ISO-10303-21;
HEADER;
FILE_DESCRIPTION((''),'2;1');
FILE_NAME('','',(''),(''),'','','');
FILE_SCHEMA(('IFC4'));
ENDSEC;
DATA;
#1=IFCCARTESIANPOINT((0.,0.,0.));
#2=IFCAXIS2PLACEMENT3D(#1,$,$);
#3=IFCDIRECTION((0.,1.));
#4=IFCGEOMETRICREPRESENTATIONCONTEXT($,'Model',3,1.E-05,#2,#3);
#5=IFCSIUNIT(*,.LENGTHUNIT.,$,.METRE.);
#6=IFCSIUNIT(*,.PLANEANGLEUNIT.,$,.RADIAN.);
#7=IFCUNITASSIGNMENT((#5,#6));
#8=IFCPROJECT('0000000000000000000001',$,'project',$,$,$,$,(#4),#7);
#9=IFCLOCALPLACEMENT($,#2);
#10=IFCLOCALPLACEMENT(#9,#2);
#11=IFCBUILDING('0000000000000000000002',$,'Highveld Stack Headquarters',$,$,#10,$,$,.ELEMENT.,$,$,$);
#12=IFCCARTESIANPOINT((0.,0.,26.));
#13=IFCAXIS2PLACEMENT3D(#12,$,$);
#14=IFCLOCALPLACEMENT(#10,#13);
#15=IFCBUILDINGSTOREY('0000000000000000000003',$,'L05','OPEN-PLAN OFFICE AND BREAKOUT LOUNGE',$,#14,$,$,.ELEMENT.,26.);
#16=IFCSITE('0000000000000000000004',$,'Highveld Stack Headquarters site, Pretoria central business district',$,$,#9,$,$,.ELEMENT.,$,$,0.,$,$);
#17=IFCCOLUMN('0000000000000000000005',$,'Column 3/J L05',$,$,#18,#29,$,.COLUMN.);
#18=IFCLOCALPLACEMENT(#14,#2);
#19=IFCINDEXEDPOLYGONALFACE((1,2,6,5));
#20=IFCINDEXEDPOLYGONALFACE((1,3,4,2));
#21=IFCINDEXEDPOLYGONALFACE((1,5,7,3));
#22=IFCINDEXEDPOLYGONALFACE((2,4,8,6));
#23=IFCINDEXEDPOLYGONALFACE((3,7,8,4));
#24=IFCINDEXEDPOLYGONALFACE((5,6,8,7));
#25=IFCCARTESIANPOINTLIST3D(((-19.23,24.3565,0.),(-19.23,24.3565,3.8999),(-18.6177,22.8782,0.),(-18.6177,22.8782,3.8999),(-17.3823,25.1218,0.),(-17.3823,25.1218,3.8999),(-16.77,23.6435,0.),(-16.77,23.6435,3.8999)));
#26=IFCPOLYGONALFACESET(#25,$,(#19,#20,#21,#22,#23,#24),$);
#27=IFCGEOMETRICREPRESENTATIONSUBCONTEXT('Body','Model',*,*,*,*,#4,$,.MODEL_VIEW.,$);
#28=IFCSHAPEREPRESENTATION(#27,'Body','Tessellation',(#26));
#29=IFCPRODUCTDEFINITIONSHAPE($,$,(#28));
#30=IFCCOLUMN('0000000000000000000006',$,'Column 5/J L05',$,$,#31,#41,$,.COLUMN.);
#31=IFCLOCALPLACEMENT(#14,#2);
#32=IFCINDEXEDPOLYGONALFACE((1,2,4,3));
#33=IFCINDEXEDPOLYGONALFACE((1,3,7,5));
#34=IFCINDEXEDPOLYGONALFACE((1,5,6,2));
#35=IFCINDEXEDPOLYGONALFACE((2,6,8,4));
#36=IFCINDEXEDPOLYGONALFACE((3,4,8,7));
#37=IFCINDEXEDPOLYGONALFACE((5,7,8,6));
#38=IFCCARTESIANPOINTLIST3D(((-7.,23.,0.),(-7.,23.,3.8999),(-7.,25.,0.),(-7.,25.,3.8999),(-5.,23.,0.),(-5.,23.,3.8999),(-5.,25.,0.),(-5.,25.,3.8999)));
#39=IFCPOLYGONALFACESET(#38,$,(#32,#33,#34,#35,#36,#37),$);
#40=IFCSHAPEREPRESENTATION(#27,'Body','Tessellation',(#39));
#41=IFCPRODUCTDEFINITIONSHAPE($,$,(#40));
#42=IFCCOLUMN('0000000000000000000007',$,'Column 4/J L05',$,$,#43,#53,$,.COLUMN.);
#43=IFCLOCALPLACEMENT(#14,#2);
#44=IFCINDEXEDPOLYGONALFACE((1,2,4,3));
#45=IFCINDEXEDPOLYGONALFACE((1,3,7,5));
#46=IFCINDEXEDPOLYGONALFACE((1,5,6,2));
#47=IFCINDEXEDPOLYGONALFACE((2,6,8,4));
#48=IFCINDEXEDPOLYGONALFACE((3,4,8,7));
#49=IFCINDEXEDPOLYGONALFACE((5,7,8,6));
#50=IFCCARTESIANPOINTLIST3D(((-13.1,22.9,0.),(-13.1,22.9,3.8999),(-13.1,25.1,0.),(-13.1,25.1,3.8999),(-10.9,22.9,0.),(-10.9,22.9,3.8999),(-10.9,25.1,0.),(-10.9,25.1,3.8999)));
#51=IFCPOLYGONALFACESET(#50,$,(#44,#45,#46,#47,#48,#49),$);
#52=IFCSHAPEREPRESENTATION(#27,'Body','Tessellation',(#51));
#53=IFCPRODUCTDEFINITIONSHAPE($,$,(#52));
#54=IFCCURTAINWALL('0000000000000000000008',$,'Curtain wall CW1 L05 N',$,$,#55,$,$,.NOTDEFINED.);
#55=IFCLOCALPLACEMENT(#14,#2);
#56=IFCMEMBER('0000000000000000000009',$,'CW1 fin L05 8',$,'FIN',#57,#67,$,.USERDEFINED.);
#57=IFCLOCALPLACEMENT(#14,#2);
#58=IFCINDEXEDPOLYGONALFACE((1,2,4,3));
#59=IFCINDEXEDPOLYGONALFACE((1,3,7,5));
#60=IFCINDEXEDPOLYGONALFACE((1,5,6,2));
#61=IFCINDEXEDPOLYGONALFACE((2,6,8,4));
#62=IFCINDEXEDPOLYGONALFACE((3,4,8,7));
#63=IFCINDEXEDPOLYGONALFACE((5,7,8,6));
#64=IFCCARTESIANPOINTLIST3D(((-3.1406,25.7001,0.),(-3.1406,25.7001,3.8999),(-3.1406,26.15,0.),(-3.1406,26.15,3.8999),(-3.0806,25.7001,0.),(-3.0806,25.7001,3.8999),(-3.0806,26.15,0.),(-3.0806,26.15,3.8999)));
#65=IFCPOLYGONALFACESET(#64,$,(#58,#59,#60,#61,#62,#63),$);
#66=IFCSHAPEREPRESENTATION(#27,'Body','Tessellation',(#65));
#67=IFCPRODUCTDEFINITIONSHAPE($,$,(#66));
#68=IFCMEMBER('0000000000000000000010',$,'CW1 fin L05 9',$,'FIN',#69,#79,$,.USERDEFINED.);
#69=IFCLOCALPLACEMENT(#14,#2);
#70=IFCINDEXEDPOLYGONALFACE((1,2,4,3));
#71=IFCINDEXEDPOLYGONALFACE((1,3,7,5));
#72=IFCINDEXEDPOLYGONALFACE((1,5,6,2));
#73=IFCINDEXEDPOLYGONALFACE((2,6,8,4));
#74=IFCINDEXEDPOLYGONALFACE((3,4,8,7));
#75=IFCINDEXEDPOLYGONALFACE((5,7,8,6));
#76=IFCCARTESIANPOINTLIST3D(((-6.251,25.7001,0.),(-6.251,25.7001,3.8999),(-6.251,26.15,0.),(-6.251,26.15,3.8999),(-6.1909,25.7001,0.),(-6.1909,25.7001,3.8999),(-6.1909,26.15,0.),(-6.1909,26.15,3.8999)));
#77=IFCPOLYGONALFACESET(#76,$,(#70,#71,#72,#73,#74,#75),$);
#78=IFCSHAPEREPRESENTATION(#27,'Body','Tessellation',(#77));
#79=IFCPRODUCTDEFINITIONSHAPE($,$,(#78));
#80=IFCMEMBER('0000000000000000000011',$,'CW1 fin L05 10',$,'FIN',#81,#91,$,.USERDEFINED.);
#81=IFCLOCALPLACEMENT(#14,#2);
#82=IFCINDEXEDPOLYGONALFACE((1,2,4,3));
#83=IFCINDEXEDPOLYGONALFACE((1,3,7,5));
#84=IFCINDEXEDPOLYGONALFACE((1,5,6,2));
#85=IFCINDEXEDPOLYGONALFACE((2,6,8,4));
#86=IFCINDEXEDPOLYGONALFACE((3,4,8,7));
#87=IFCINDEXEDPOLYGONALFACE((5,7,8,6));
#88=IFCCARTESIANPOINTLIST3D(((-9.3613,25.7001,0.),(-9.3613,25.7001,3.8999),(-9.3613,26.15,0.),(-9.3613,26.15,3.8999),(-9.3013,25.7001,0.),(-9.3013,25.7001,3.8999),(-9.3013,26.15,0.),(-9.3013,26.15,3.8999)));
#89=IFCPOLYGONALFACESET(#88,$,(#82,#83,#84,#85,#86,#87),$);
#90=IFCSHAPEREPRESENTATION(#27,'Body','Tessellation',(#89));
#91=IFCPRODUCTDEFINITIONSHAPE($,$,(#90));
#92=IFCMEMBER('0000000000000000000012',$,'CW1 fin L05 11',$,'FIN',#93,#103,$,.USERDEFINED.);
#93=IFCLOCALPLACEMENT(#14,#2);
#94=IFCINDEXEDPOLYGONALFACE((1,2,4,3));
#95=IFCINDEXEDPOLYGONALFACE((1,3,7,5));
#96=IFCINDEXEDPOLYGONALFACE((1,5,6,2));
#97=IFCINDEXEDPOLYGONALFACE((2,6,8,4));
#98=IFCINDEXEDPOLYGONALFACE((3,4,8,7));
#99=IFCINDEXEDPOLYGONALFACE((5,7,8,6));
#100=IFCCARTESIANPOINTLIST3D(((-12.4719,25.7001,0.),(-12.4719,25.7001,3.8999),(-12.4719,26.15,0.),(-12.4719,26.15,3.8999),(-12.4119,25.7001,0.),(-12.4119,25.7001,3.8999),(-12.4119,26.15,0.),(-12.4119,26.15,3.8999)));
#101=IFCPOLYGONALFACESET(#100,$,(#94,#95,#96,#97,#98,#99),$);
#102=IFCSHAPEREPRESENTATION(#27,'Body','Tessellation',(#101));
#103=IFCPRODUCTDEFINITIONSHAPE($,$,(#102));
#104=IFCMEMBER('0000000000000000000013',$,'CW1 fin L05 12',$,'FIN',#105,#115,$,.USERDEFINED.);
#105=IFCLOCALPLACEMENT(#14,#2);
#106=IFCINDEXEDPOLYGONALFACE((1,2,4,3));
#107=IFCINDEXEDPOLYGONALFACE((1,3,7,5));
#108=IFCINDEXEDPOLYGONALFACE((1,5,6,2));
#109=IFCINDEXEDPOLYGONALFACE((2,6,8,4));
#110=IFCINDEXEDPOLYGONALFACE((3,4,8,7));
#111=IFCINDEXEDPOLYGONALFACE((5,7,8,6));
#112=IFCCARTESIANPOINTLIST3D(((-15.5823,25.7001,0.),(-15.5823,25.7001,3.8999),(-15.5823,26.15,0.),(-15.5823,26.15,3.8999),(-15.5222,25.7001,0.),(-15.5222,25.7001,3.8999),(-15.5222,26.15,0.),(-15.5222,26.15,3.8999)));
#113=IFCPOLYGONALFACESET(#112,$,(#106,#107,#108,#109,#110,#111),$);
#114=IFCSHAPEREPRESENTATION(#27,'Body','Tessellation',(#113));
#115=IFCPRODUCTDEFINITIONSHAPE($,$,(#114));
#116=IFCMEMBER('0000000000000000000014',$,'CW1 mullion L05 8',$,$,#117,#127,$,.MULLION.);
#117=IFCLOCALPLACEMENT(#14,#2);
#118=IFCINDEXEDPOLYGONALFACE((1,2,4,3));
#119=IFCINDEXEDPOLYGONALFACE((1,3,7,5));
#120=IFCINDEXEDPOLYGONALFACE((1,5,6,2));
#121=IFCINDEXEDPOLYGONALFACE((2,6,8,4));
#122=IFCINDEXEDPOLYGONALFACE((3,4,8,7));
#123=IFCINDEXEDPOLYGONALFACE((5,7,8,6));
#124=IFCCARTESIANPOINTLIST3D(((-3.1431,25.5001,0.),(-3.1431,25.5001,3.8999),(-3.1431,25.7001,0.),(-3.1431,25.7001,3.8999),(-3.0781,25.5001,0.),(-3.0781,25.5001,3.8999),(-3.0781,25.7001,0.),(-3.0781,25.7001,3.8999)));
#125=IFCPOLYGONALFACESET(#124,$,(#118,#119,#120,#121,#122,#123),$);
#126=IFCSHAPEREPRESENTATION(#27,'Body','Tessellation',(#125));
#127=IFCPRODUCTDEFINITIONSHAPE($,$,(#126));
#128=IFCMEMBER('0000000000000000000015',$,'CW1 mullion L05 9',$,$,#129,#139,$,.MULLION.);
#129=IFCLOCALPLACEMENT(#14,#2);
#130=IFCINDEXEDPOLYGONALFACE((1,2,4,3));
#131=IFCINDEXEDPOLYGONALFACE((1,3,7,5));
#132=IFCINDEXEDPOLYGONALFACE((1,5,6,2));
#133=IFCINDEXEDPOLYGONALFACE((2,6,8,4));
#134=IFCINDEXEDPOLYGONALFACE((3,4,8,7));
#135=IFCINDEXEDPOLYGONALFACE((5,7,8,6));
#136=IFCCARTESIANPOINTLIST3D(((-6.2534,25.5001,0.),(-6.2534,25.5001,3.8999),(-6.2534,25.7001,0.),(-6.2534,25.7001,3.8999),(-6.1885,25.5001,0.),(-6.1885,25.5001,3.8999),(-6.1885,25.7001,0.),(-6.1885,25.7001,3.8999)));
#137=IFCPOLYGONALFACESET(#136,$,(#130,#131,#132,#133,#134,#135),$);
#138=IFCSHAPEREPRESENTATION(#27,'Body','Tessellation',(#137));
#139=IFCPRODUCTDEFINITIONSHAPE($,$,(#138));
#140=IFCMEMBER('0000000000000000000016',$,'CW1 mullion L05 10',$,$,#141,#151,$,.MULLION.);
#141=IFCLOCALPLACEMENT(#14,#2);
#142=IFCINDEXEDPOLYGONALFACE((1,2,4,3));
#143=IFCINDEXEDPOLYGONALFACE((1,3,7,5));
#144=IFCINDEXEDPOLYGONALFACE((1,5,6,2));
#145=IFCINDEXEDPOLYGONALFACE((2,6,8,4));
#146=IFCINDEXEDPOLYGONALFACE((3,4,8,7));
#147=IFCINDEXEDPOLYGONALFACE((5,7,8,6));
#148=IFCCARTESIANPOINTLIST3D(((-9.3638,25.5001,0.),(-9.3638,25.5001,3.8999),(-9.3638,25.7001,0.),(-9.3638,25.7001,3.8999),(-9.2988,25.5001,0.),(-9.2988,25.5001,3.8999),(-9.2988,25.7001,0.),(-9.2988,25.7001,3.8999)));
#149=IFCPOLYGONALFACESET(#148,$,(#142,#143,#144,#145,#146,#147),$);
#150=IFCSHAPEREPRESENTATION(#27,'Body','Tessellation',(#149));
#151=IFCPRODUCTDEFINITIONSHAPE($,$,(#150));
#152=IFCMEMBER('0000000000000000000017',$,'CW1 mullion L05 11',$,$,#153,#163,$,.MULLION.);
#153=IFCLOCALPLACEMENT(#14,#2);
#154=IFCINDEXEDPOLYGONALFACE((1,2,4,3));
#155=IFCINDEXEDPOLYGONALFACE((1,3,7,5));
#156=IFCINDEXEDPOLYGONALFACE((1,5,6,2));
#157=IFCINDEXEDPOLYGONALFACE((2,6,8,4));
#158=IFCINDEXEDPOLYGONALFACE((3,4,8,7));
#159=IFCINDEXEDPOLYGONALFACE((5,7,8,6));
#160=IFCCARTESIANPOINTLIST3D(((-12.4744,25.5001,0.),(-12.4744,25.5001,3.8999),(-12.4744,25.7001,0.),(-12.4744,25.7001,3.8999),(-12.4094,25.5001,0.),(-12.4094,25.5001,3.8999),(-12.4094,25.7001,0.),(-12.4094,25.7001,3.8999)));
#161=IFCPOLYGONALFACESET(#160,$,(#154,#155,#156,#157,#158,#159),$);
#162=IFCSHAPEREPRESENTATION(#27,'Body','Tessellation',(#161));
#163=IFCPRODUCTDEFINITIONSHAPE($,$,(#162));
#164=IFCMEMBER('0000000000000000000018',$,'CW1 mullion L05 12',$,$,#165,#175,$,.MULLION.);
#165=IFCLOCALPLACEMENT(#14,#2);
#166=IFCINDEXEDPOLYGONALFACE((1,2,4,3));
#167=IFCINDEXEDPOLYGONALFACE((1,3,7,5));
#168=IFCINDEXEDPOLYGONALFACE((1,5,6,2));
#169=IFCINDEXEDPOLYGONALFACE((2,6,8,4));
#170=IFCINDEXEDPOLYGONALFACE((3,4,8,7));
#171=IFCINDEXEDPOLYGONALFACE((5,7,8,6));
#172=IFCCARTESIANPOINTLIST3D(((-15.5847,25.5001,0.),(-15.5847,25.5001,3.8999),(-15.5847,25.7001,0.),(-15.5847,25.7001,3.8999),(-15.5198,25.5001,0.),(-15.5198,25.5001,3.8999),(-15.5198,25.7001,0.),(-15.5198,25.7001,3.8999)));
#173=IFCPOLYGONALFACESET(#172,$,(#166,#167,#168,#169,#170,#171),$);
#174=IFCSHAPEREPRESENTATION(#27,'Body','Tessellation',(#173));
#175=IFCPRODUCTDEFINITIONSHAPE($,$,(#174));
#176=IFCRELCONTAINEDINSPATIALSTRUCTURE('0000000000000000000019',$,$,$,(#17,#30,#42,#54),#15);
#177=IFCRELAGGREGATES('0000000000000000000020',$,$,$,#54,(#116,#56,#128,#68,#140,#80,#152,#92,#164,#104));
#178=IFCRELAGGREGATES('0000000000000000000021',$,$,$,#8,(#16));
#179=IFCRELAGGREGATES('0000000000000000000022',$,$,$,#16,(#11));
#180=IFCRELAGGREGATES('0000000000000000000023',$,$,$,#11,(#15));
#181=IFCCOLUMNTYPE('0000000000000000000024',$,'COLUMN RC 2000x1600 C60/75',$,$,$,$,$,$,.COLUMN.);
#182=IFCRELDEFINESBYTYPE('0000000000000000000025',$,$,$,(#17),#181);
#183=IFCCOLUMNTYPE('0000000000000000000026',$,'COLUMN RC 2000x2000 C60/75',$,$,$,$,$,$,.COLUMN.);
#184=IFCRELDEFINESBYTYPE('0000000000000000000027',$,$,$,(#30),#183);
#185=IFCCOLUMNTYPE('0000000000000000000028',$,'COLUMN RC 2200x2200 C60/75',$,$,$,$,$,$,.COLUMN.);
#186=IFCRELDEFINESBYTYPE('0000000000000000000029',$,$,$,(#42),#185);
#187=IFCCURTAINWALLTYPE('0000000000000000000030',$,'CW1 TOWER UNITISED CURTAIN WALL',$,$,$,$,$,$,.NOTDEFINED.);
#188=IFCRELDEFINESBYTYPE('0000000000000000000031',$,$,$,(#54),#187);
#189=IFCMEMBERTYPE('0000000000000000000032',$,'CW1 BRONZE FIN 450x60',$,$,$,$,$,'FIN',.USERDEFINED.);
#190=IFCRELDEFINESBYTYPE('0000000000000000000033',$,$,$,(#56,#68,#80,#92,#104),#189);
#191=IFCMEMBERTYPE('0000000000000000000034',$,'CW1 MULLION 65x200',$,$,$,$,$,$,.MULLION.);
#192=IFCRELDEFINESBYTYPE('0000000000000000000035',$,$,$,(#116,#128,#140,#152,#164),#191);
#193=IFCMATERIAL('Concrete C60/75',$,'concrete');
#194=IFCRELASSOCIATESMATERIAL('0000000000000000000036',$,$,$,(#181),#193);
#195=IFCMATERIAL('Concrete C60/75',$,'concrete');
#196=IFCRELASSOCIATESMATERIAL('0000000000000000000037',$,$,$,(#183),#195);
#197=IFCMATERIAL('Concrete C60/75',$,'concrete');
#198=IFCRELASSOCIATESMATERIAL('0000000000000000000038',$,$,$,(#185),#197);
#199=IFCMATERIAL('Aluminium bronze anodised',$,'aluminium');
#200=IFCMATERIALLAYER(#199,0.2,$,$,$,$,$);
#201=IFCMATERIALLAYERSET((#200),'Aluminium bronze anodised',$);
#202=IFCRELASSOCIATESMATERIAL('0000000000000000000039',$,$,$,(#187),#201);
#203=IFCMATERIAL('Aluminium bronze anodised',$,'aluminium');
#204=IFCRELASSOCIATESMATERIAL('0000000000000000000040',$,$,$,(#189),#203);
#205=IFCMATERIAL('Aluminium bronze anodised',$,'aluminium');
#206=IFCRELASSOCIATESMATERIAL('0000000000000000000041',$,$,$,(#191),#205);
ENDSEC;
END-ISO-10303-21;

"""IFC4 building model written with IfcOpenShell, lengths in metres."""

from ifc_helpers import new_model, si_unit, direction, frame, origin, origin_2d, place, context, subcontext, project, spatial, rectangle, extrude, material, layer, layer_set, material_profile, profile_set, type_object, element, aggregate, save


model = new_model("IFC4")

# Units and contexts
model_context = context("Model", 3, precision=1e-05, world=origin(), true_north=direction((0.0, 1.0)))
body_context = subcontext(model_context, "Body", "Model", "MODEL_VIEW")
ifc_project = project(units=[si_unit("LENGTHUNIT", "METRE"), si_unit("PLANEANGLEUNIT", "RADIAN")], contexts=[model_context])

# Site, building, storey
site_placement = place(None, origin())
site = spatial("IfcSite", under=ifc_project, at=site_placement, Name="Highveld Stack Headquarters site, Pretoria central business district", CompositionType="ELEMENT", RefElevation=0.0)
building_placement = place(site_placement, origin())
building = spatial("IfcBuilding", under=site, at=building_placement, Name="Highveld Stack Headquarters", CompositionType="ELEMENT")
storey_placement = place(building_placement, frame((0.0, 0.0, 26.0)))
storey = spatial("IfcBuildingStorey", under=building, at=storey_placement, Name="L05", Description="OPEN-PLAN OFFICE AND BREAKOUT LOUNGE", CompositionType="ELEMENT", Elevation=26.0)

# Columns
ifc_material_1 = material(Name="Concrete C60/75", Category="concrete")
ifc_material_profile_1 = material_profile(ifc_material_1, rectangle(XDim=2.0, YDim=1.6001, at=origin_2d()), Name="RC 2000x1600")
ifc_profile_set_1 = profile_set([ifc_material_profile_1], Name="Concrete C60/75")
column_type_1 = type_object("IfcColumnType", Name="COLUMN RC 2000x1600 C60/75", PredefinedType="COLUMN", material=ifc_profile_set_1)
column_1_placement = place(storey_placement, frame((-18.0, 24.0, 0.0), z_axis=(0.0, 0.0, 1.0), x_axis=(0.92388, 0.382683, 0.0)))
element("IfcColumn", 1, at=column_1_placement, inside=storey, type_object=column_type_1, Name="Column 3/J L05", PredefinedType="COLUMN", context=body_context, shape_type="SweptSolid", body=[
    extrude(rectangle(XDim=2.0, YDim=1.6001, at=origin_2d()), origin(), (0.0, 0.0, 1.0), 3.8999),
])
ifc_material_2 = material(Name="Concrete C60/75", Category="concrete")
ifc_material_profile_2 = material_profile(ifc_material_2, rectangle(XDim=2.0, YDim=2.0, at=origin_2d()), Name="RC 2000x2000")
ifc_profile_set_2 = profile_set([ifc_material_profile_2], Name="Concrete C60/75")
column_type_2 = type_object("IfcColumnType", Name="COLUMN RC 2000x2000 C60/75", PredefinedType="COLUMN", material=ifc_profile_set_2)
column_2_placement = place(storey_placement, frame((-6.0, 24.0, 0.0), z_axis=(0.0, 0.0, 1.0), x_axis=(1.0, 0.0, 0.0)))
element("IfcColumn", 2, at=column_2_placement, inside=storey, type_object=column_type_2, Name="Column 5/J L05", PredefinedType="COLUMN", context=body_context, shape_type="SweptSolid", body=[
    extrude(rectangle(XDim=2.0, YDim=2.0, at=origin_2d()), origin(), (0.0, 0.0, 1.0), 3.8999),
])
ifc_material_3 = material(Name="Concrete C60/75", Category="concrete")
ifc_material_profile_3 = material_profile(ifc_material_3, rectangle(XDim=2.2, YDim=2.2, at=origin_2d()), Name="RC 2200x2200")
ifc_profile_set_3 = profile_set([ifc_material_profile_3], Name="Concrete C60/75")
column_type_3 = type_object("IfcColumnType", Name="COLUMN RC 2200x2200 C60/75", PredefinedType="COLUMN", material=ifc_profile_set_3)
column_3_placement = place(storey_placement, frame((-12.0, 24.0, 0.0), z_axis=(0.0, 0.0, 1.0), x_axis=(1.0, 0.0, 0.0)))
element("IfcColumn", 3, at=column_3_placement, inside=storey, type_object=column_type_3, Name="Column 4/J L05", PredefinedType="COLUMN", context=body_context, shape_type="SweptSolid", body=[
    extrude(rectangle(XDim=2.2, YDim=2.2, at=origin_2d()), origin(), (0.0, 0.0, 1.0), 3.8999),
])

# Curtain wall, members
ifc_material_4 = material(Name="Aluminium bronze anodised", Category="aluminium")
ifc_layer_1 = layer(ifc_material_4, 0.2)
ifc_layer_set_1 = layer_set([ifc_layer_1], Name="Aluminium bronze anodised")
curtain_wall_type = type_object("IfcCurtainWallType", Name="CW1 TOWER UNITISED CURTAIN WALL", PredefinedType="NOTDEFINED", material=ifc_layer_set_1)
curtain_wall_placement = place(storey_placement, origin())
curtain_wall = element("IfcCurtainWall", 4, at=curtain_wall_placement, inside=storey, type_object=curtain_wall_type, Name="Curtain wall CW1 L05 N", PredefinedType="NOTDEFINED")
ifc_material_5 = material(Name="Aluminium bronze anodised", Category="aluminium")
ifc_material_profile_4 = material_profile(ifc_material_5, rectangle(XDim=0.45, YDim=0.0601, at=origin_2d()), Name="FIN 450x60")
ifc_profile_set_4 = profile_set([ifc_material_profile_4], Name="Aluminium bronze anodised")
member_type_1 = type_object("IfcMemberType", Name="CW1 BRONZE FIN 450x60", ElementType="FIN", PredefinedType="USERDEFINED", material=ifc_profile_set_4)
member_1_placement = place(storey_placement, frame((-3.1106, 25.925, 0.0), z_axis=(0.0, 0.0, 1.0), x_axis=(0.0, -1.0, 0.0)))
member_1 = element("IfcMember", 5, at=member_1_placement, type_object=member_type_1, Name="CW1 fin L05 8", ObjectType="FIN", PredefinedType="USERDEFINED", context=body_context, shape_type="SweptSolid", body=[
    extrude(rectangle(XDim=0.45, YDim=0.0601, at=origin_2d()), origin(), (0.0, 0.0, 1.0), 3.8999),
])
member_2_placement = place(storey_placement, frame((-6.2209, 25.925, 0.0), z_axis=(0.0, 0.0, 1.0), x_axis=(0.0, -1.0, 0.0)))
member_2 = element("IfcMember", 6, at=member_2_placement, type_object=member_type_1, Name="CW1 fin L05 9", ObjectType="FIN", PredefinedType="USERDEFINED", context=body_context, shape_type="SweptSolid", body=[
    extrude(rectangle(XDim=0.45, YDim=0.0601, at=origin_2d()), origin(), (0.0, 0.0, 1.0), 3.8999),
])
member_3_placement = place(storey_placement, frame((-9.3313, 25.925, 0.0), z_axis=(0.0, 0.0, 1.0), x_axis=(0.0, -1.0, 0.0)))
member_3 = element("IfcMember", 7, at=member_3_placement, type_object=member_type_1, Name="CW1 fin L05 10", ObjectType="FIN", PredefinedType="USERDEFINED", context=body_context, shape_type="SweptSolid", body=[
    extrude(rectangle(XDim=0.45, YDim=0.0601, at=origin_2d()), origin(), (0.0, 0.0, 1.0), 3.8999),
])
member_4_placement = place(storey_placement, frame((-12.4419, 25.925, 0.0), z_axis=(0.0, 0.0, 1.0), x_axis=(0.0, -1.0, 0.0)))
member_4 = element("IfcMember", 8, at=member_4_placement, type_object=member_type_1, Name="CW1 fin L05 11", ObjectType="FIN", PredefinedType="USERDEFINED", context=body_context, shape_type="SweptSolid", body=[
    extrude(rectangle(XDim=0.45, YDim=0.0601, at=origin_2d()), origin(), (0.0, 0.0, 1.0), 3.8999),
])
member_5_placement = place(storey_placement, frame((-15.5522, 25.925, 0.0), z_axis=(0.0, 0.0, 1.0), x_axis=(0.0, -1.0, 0.0)))
member_5 = element("IfcMember", 9, at=member_5_placement, type_object=member_type_1, Name="CW1 fin L05 12", ObjectType="FIN", PredefinedType="USERDEFINED", context=body_context, shape_type="SweptSolid", body=[
    extrude(rectangle(XDim=0.45, YDim=0.0601, at=origin_2d()), origin(), (0.0, 0.0, 1.0), 3.8999),
])
ifc_material_6 = material(Name="Aluminium bronze anodised", Category="aluminium")
ifc_material_profile_5 = material_profile(ifc_material_6, rectangle(XDim=0.2, YDim=0.0649, at=origin_2d()), Name="CW1 MULLION 65x200")
ifc_profile_set_5 = profile_set([ifc_material_profile_5], Name="Aluminium bronze anodised")
member_type_2 = type_object("IfcMemberType", Name="CW1 MULLION 65x200", PredefinedType="MULLION", material=ifc_profile_set_5)
member_6_placement = place(storey_placement, frame((-3.1106, 25.6001, 0.0), z_axis=(0.0, 0.0, 1.0), x_axis=(0.0, -1.0, 0.0)))
member_6 = element("IfcMember", 10, at=member_6_placement, type_object=member_type_2, Name="CW1 mullion L05 8", PredefinedType="MULLION", context=body_context, shape_type="SweptSolid", body=[
    extrude(rectangle(XDim=0.2, YDim=0.0649, at=origin_2d()), origin(), (0.0, 0.0, 1.0), 3.8999),
])
member_7_placement = place(storey_placement, frame((-6.2209, 25.6001, 0.0), z_axis=(0.0, 0.0, 1.0), x_axis=(0.0, -1.0, 0.0)))
member_7 = element("IfcMember", 11, at=member_7_placement, type_object=member_type_2, Name="CW1 mullion L05 9", PredefinedType="MULLION", context=body_context, shape_type="SweptSolid", body=[
    extrude(rectangle(XDim=0.2, YDim=0.0649, at=origin_2d()), origin(), (0.0, 0.0, 1.0), 3.8999),
])
member_8_placement = place(storey_placement, frame((-9.3313, 25.6001, 0.0), z_axis=(0.0, 0.0, 1.0), x_axis=(0.0, -1.0, 0.0)))
member_8 = element("IfcMember", 12, at=member_8_placement, type_object=member_type_2, Name="CW1 mullion L05 10", PredefinedType="MULLION", context=body_context, shape_type="SweptSolid", body=[
    extrude(rectangle(XDim=0.2, YDim=0.0649, at=origin_2d()), origin(), (0.0, 0.0, 1.0), 3.8999),
])
member_9_placement = place(storey_placement, frame((-12.4419, 25.6001, 0.0), z_axis=(0.0, 0.0, 1.0), x_axis=(0.0, -1.0, 0.0)))
member_9 = element("IfcMember", 13, at=member_9_placement, type_object=member_type_2, Name="CW1 mullion L05 11", PredefinedType="MULLION", context=body_context, shape_type="SweptSolid", body=[
    extrude(rectangle(XDim=0.2, YDim=0.0649, at=origin_2d()), origin(), (0.0, 0.0, 1.0), 3.8999),
])
member_10_placement = place(storey_placement, frame((-15.5522, 25.6001, 0.0), z_axis=(0.0, 0.0, 1.0), x_axis=(0.0, -1.0, 0.0)))
member_10 = element("IfcMember", 14, at=member_10_placement, type_object=member_type_2, Name="CW1 mullion L05 12", PredefinedType="MULLION", context=body_context, shape_type="SweptSolid", body=[
    extrude(rectangle(XDim=0.2, YDim=0.0649, at=origin_2d()), origin(), (0.0, 0.0, 1.0), 3.8999),
])
aggregate(curtain_wall, [member_6, member_1, member_7, member_2, member_8, member_3, member_9, member_4, member_10, member_5])

save(model, "model.ifc")
